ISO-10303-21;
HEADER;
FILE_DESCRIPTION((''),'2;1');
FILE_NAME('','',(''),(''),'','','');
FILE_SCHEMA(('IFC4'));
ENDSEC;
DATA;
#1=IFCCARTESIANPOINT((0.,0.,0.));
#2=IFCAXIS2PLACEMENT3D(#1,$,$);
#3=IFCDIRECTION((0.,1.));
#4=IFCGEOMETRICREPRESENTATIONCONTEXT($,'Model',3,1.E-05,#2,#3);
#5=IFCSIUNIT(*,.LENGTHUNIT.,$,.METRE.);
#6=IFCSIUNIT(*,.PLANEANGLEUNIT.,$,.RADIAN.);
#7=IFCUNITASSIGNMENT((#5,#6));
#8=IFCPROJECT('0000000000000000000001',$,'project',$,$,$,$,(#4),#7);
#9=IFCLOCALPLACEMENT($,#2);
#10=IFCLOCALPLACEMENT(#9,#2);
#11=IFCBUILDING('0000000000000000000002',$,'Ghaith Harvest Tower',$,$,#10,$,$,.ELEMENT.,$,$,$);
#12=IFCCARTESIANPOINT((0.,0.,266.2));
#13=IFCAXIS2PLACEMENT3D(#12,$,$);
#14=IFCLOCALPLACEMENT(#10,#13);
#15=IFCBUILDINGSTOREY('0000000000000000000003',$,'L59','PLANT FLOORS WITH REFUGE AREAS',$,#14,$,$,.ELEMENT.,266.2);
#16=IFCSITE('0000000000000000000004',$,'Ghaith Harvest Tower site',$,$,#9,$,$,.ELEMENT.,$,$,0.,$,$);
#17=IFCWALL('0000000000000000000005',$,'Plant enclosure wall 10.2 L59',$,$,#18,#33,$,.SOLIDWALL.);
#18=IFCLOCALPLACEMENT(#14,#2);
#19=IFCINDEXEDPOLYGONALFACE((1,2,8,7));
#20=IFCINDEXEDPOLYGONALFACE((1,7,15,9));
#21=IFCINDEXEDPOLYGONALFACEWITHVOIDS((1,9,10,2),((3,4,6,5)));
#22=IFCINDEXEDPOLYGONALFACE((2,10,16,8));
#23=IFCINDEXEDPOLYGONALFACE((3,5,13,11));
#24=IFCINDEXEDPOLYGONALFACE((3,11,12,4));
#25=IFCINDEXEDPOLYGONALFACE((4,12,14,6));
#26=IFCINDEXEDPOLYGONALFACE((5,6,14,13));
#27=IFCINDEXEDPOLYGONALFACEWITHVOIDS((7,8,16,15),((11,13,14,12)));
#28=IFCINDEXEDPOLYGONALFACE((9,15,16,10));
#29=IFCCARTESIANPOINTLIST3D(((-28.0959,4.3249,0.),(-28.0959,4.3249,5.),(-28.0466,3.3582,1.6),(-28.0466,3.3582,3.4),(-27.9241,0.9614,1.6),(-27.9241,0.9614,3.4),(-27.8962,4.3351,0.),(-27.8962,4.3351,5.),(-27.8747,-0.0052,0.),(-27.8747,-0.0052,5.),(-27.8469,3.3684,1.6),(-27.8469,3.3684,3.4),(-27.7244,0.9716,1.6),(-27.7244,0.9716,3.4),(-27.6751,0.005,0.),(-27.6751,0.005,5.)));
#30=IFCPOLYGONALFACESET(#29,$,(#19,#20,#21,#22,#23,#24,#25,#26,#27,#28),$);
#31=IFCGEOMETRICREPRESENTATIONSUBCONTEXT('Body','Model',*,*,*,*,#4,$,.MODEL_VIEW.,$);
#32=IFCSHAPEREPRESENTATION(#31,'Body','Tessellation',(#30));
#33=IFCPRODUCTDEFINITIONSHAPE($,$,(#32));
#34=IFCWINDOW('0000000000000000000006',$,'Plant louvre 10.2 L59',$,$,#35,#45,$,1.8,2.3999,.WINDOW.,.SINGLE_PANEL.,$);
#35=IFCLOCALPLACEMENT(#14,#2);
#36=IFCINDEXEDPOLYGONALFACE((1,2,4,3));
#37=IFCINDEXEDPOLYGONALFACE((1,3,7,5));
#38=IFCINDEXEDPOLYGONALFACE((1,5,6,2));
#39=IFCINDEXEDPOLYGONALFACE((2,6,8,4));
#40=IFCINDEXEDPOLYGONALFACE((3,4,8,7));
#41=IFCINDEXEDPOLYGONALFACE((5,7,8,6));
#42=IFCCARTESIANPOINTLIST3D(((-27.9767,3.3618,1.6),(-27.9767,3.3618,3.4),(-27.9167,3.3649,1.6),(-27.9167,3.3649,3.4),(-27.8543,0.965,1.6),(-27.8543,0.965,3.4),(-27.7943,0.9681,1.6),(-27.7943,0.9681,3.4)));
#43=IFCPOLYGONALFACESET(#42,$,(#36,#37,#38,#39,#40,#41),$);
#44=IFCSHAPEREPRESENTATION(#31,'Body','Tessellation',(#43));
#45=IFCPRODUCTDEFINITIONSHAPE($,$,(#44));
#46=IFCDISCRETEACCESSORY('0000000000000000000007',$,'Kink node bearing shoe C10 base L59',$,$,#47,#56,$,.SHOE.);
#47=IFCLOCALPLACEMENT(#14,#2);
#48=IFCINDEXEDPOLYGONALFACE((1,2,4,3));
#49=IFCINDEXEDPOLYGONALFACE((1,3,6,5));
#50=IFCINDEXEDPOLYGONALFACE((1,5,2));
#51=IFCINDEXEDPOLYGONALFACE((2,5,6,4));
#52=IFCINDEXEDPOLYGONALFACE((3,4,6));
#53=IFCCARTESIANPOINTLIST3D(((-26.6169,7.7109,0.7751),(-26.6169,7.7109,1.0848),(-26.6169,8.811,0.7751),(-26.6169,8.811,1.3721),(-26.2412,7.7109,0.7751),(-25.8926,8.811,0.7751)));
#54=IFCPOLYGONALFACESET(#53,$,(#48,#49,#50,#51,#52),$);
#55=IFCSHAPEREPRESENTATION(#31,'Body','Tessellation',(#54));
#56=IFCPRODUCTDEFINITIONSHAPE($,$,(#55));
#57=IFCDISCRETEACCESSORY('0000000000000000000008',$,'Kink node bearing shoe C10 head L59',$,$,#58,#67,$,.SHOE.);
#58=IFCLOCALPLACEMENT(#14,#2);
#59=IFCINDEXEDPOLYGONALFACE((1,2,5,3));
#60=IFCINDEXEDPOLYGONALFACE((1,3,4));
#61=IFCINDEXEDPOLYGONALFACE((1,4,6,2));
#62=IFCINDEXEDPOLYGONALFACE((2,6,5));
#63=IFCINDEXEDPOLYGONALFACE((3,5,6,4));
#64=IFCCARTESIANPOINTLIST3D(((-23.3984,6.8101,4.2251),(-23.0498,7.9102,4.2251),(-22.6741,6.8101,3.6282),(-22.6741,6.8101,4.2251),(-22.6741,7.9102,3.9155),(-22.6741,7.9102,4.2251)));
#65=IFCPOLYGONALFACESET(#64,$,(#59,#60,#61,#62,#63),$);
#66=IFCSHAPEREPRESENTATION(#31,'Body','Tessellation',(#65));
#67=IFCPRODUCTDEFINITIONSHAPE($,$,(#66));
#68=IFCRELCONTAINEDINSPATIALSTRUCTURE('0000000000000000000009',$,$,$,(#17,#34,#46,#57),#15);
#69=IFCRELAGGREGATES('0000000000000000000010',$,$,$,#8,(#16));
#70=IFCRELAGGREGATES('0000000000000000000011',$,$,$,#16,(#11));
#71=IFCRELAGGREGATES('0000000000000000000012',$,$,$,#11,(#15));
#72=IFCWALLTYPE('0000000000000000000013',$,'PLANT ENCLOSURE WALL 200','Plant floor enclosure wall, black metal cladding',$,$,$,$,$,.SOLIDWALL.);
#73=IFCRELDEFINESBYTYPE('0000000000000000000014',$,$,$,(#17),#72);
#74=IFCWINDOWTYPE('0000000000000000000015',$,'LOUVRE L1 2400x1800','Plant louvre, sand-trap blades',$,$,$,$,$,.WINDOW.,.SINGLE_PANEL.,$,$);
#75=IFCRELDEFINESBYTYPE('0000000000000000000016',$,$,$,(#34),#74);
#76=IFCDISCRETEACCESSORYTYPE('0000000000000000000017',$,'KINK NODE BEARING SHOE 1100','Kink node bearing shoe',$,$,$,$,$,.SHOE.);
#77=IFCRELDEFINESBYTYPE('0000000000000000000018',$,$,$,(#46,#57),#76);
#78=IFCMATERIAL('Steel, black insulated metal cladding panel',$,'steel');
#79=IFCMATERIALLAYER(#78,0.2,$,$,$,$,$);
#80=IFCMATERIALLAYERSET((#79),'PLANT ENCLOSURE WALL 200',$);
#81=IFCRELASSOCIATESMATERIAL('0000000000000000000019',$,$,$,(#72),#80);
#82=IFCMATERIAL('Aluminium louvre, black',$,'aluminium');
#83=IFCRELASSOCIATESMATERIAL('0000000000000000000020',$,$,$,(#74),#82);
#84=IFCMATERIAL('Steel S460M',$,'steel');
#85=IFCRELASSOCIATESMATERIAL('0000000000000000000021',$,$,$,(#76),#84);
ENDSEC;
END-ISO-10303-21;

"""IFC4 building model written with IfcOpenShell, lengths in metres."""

from ifc_helpers import new_model, si_unit, direction, frame, frame_2d, origin, origin_2d, place, context, subcontext, project, spatial, rectangle, extrude, clip, halfspace, material, layer, layer_set, material_profile, profile_set, type_object, element, fill, save


model = new_model("IFC4")

# Units and contexts
model_context = context("Model", 3, precision=1e-05, world=origin(), true_north=direction((0.0, 1.0)))
body_context = subcontext(model_context, "Body", "Model", "MODEL_VIEW")
ifc_project = project(units=[si_unit("LENGTHUNIT", "METRE"), si_unit("PLANEANGLEUNIT", "RADIAN")], contexts=[model_context])

# Site, building, storey
site_placement = place(None, origin())
site = spatial("IfcSite", under=ifc_project, at=site_placement, Name="Ghaith Harvest Tower site", CompositionType="ELEMENT", RefElevation=0.0)
building_placement = place(site_placement, origin())
building = spatial("IfcBuilding", under=site, at=building_placement, Name="Ghaith Harvest Tower", CompositionType="ELEMENT")
storey_placement = place(building_placement, frame((0.0, 0.0, 266.2)))
storey = spatial("IfcBuildingStorey", under=building, at=storey_placement, Name="L59", Description="PLANT FLOORS WITH REFUGE AREAS", CompositionType="ELEMENT", Elevation=266.2)

# Wall, opening, window
ifc_material_1 = material(Name="Steel, black insulated metal cladding panel", Category="steel")
ifc_layer_1 = layer(ifc_material_1, 0.2)
ifc_layer_set_1 = layer_set([ifc_layer_1], Name="PLANT ENCLOSURE WALL 200")
wall_type = type_object("IfcWallType", Name="PLANT ENCLOSURE WALL 200", Description="Plant floor enclosure wall, black metal cladding", PredefinedType="SOLIDWALL", material=ifc_layer_set_1)
ifc_material_2 = material(Name="Aluminium louvre, black", Category="aluminium")
window_type = type_object("IfcWindowType", Name="LOUVRE L1 2400x1800", Description="Plant louvre, sand-trap blades", PartitioningType="SINGLE_PANEL", PredefinedType="WINDOW", material=ifc_material_2)
wall_1_placement = place(storey_placement, frame((-27.9961, 4.3301, 0.0), z_axis=(0.0, 0.0, 1.0), x_axis=(0.051016, -0.998698, 0.0)))
wall_1 = element("IfcWall", 1, at=wall_1_placement, inside=storey, type_object=wall_type, Name="Plant enclosure wall 10.2 L59", PredefinedType="SOLIDWALL", context=body_context, shape_type="SweptSolid", body=[
    extrude(rectangle(XDim=4.3357, YDim=0.2, at=frame_2d((2.168, 0.0))), origin(), (0.0, 0.0, 1.0), 5.0),
])
opening_1_placement = place(wall_1_placement, frame((0.968, 0.0, 1.6001)))
opening_1 = element("IfcOpeningElement", 2, at=opening_1_placement, cuts=wall_1, PredefinedType="OPENING", context=body_context, shape_type="SweptSolid", body=[
    extrude(rectangle(XDim=2.3999, YDim=1.8, at=frame_2d((1.2, 0.8999))), frame((0.0, 0.1099, 0.0), z_axis=(0.0, -1.0, 0.0), x_axis=(1.0, 0.0, 0.0)), (0.0, 0.0, 1.0), 0.22),
])
window_1_placement = place(opening_1_placement, origin())
window_1 = element("IfcWindow", 3, at=window_1_placement, inside=storey, type_object=window_type, Name="Plant louvre 10.2 L59", OverallHeight=1.8, OverallWidth=2.3999, PartitioningType="SINGLE_PANEL", PredefinedType="WINDOW", context=body_context, shape_type="SweptSolid", body=[
    extrude(rectangle(XDim=2.3999, YDim=1.8, at=frame_2d((1.2, 0.8999))), frame((0.0, 0.03, 0.0), z_axis=(0.0, -1.0, 0.0), x_axis=(1.0, 0.0, 0.0)), (0.0, 0.0, 1.0), 0.0601),
])
fill(opening_1, window_1)

# Discrete accessories
ifc_material_3 = material(Name="Steel S460M", Category="steel")
ifc_material_profile_1 = material_profile(ifc_material_3, rectangle(XDim=1.1001, YDim=1.1001, at=origin_2d()), Name="KINK NODE BEARING SHOE 1100")
ifc_profile_set_1 = profile_set([ifc_material_profile_1], Name="Steel S460M")
discrete_accessory_type = type_object("IfcDiscreteAccessoryType", Name="KINK NODE BEARING SHOE 1100", Description="Kink node bearing shoe", PredefinedType="SHOE", material=ifc_profile_set_1)
discrete_accessory_1_placement = place(storey_placement, frame((-26.0669, 8.261, 0.7751), z_axis=(0.0, 0.0, 1.0), x_axis=(1.0, 0.0, 0.0)))
element("IfcDiscreteAccessory", 4, at=discrete_accessory_1_placement, inside=storey, type_object=discrete_accessory_type, Name="Kink node bearing shoe C10 base L59", PredefinedType="SHOE", context=body_context, shape_type="Clipping", body=[
    clip(extrude(rectangle(XDim=1.1001, YDim=1.1001, at=origin_2d()), origin(), (0.0, 0.0, 1.0), 0.6067), halfspace(frame((0.0, 0.0, 0.0), z_axis=(0.623415, -0.197572, 0.756518), x_axis=(1.0, 0.0, 0.0)), False)),
])
discrete_accessory_2_placement = place(storey_placement, frame((-23.2241, 7.3601, 3.6182), z_axis=(0.0, 0.0, 1.0), x_axis=(1.0, 0.0, 0.0)))
element("IfcDiscreteAccessory", 5, at=discrete_accessory_2_placement, inside=storey, type_object=discrete_accessory_type, Name="Kink node bearing shoe C10 head L59", PredefinedType="SHOE", context=body_context, shape_type="Clipping", body=[
    clip(extrude(rectangle(XDim=1.1001, YDim=1.1001, at=origin_2d()), origin(), (0.0, 0.0, 1.0), 0.6069), halfspace(frame((0.0, 0.0, 0.6069), z_axis=(-0.623415, 0.197572, -0.756518), x_axis=(1.0, 0.0, 0.0)), False)),
])

save(model, "model.ifc")
